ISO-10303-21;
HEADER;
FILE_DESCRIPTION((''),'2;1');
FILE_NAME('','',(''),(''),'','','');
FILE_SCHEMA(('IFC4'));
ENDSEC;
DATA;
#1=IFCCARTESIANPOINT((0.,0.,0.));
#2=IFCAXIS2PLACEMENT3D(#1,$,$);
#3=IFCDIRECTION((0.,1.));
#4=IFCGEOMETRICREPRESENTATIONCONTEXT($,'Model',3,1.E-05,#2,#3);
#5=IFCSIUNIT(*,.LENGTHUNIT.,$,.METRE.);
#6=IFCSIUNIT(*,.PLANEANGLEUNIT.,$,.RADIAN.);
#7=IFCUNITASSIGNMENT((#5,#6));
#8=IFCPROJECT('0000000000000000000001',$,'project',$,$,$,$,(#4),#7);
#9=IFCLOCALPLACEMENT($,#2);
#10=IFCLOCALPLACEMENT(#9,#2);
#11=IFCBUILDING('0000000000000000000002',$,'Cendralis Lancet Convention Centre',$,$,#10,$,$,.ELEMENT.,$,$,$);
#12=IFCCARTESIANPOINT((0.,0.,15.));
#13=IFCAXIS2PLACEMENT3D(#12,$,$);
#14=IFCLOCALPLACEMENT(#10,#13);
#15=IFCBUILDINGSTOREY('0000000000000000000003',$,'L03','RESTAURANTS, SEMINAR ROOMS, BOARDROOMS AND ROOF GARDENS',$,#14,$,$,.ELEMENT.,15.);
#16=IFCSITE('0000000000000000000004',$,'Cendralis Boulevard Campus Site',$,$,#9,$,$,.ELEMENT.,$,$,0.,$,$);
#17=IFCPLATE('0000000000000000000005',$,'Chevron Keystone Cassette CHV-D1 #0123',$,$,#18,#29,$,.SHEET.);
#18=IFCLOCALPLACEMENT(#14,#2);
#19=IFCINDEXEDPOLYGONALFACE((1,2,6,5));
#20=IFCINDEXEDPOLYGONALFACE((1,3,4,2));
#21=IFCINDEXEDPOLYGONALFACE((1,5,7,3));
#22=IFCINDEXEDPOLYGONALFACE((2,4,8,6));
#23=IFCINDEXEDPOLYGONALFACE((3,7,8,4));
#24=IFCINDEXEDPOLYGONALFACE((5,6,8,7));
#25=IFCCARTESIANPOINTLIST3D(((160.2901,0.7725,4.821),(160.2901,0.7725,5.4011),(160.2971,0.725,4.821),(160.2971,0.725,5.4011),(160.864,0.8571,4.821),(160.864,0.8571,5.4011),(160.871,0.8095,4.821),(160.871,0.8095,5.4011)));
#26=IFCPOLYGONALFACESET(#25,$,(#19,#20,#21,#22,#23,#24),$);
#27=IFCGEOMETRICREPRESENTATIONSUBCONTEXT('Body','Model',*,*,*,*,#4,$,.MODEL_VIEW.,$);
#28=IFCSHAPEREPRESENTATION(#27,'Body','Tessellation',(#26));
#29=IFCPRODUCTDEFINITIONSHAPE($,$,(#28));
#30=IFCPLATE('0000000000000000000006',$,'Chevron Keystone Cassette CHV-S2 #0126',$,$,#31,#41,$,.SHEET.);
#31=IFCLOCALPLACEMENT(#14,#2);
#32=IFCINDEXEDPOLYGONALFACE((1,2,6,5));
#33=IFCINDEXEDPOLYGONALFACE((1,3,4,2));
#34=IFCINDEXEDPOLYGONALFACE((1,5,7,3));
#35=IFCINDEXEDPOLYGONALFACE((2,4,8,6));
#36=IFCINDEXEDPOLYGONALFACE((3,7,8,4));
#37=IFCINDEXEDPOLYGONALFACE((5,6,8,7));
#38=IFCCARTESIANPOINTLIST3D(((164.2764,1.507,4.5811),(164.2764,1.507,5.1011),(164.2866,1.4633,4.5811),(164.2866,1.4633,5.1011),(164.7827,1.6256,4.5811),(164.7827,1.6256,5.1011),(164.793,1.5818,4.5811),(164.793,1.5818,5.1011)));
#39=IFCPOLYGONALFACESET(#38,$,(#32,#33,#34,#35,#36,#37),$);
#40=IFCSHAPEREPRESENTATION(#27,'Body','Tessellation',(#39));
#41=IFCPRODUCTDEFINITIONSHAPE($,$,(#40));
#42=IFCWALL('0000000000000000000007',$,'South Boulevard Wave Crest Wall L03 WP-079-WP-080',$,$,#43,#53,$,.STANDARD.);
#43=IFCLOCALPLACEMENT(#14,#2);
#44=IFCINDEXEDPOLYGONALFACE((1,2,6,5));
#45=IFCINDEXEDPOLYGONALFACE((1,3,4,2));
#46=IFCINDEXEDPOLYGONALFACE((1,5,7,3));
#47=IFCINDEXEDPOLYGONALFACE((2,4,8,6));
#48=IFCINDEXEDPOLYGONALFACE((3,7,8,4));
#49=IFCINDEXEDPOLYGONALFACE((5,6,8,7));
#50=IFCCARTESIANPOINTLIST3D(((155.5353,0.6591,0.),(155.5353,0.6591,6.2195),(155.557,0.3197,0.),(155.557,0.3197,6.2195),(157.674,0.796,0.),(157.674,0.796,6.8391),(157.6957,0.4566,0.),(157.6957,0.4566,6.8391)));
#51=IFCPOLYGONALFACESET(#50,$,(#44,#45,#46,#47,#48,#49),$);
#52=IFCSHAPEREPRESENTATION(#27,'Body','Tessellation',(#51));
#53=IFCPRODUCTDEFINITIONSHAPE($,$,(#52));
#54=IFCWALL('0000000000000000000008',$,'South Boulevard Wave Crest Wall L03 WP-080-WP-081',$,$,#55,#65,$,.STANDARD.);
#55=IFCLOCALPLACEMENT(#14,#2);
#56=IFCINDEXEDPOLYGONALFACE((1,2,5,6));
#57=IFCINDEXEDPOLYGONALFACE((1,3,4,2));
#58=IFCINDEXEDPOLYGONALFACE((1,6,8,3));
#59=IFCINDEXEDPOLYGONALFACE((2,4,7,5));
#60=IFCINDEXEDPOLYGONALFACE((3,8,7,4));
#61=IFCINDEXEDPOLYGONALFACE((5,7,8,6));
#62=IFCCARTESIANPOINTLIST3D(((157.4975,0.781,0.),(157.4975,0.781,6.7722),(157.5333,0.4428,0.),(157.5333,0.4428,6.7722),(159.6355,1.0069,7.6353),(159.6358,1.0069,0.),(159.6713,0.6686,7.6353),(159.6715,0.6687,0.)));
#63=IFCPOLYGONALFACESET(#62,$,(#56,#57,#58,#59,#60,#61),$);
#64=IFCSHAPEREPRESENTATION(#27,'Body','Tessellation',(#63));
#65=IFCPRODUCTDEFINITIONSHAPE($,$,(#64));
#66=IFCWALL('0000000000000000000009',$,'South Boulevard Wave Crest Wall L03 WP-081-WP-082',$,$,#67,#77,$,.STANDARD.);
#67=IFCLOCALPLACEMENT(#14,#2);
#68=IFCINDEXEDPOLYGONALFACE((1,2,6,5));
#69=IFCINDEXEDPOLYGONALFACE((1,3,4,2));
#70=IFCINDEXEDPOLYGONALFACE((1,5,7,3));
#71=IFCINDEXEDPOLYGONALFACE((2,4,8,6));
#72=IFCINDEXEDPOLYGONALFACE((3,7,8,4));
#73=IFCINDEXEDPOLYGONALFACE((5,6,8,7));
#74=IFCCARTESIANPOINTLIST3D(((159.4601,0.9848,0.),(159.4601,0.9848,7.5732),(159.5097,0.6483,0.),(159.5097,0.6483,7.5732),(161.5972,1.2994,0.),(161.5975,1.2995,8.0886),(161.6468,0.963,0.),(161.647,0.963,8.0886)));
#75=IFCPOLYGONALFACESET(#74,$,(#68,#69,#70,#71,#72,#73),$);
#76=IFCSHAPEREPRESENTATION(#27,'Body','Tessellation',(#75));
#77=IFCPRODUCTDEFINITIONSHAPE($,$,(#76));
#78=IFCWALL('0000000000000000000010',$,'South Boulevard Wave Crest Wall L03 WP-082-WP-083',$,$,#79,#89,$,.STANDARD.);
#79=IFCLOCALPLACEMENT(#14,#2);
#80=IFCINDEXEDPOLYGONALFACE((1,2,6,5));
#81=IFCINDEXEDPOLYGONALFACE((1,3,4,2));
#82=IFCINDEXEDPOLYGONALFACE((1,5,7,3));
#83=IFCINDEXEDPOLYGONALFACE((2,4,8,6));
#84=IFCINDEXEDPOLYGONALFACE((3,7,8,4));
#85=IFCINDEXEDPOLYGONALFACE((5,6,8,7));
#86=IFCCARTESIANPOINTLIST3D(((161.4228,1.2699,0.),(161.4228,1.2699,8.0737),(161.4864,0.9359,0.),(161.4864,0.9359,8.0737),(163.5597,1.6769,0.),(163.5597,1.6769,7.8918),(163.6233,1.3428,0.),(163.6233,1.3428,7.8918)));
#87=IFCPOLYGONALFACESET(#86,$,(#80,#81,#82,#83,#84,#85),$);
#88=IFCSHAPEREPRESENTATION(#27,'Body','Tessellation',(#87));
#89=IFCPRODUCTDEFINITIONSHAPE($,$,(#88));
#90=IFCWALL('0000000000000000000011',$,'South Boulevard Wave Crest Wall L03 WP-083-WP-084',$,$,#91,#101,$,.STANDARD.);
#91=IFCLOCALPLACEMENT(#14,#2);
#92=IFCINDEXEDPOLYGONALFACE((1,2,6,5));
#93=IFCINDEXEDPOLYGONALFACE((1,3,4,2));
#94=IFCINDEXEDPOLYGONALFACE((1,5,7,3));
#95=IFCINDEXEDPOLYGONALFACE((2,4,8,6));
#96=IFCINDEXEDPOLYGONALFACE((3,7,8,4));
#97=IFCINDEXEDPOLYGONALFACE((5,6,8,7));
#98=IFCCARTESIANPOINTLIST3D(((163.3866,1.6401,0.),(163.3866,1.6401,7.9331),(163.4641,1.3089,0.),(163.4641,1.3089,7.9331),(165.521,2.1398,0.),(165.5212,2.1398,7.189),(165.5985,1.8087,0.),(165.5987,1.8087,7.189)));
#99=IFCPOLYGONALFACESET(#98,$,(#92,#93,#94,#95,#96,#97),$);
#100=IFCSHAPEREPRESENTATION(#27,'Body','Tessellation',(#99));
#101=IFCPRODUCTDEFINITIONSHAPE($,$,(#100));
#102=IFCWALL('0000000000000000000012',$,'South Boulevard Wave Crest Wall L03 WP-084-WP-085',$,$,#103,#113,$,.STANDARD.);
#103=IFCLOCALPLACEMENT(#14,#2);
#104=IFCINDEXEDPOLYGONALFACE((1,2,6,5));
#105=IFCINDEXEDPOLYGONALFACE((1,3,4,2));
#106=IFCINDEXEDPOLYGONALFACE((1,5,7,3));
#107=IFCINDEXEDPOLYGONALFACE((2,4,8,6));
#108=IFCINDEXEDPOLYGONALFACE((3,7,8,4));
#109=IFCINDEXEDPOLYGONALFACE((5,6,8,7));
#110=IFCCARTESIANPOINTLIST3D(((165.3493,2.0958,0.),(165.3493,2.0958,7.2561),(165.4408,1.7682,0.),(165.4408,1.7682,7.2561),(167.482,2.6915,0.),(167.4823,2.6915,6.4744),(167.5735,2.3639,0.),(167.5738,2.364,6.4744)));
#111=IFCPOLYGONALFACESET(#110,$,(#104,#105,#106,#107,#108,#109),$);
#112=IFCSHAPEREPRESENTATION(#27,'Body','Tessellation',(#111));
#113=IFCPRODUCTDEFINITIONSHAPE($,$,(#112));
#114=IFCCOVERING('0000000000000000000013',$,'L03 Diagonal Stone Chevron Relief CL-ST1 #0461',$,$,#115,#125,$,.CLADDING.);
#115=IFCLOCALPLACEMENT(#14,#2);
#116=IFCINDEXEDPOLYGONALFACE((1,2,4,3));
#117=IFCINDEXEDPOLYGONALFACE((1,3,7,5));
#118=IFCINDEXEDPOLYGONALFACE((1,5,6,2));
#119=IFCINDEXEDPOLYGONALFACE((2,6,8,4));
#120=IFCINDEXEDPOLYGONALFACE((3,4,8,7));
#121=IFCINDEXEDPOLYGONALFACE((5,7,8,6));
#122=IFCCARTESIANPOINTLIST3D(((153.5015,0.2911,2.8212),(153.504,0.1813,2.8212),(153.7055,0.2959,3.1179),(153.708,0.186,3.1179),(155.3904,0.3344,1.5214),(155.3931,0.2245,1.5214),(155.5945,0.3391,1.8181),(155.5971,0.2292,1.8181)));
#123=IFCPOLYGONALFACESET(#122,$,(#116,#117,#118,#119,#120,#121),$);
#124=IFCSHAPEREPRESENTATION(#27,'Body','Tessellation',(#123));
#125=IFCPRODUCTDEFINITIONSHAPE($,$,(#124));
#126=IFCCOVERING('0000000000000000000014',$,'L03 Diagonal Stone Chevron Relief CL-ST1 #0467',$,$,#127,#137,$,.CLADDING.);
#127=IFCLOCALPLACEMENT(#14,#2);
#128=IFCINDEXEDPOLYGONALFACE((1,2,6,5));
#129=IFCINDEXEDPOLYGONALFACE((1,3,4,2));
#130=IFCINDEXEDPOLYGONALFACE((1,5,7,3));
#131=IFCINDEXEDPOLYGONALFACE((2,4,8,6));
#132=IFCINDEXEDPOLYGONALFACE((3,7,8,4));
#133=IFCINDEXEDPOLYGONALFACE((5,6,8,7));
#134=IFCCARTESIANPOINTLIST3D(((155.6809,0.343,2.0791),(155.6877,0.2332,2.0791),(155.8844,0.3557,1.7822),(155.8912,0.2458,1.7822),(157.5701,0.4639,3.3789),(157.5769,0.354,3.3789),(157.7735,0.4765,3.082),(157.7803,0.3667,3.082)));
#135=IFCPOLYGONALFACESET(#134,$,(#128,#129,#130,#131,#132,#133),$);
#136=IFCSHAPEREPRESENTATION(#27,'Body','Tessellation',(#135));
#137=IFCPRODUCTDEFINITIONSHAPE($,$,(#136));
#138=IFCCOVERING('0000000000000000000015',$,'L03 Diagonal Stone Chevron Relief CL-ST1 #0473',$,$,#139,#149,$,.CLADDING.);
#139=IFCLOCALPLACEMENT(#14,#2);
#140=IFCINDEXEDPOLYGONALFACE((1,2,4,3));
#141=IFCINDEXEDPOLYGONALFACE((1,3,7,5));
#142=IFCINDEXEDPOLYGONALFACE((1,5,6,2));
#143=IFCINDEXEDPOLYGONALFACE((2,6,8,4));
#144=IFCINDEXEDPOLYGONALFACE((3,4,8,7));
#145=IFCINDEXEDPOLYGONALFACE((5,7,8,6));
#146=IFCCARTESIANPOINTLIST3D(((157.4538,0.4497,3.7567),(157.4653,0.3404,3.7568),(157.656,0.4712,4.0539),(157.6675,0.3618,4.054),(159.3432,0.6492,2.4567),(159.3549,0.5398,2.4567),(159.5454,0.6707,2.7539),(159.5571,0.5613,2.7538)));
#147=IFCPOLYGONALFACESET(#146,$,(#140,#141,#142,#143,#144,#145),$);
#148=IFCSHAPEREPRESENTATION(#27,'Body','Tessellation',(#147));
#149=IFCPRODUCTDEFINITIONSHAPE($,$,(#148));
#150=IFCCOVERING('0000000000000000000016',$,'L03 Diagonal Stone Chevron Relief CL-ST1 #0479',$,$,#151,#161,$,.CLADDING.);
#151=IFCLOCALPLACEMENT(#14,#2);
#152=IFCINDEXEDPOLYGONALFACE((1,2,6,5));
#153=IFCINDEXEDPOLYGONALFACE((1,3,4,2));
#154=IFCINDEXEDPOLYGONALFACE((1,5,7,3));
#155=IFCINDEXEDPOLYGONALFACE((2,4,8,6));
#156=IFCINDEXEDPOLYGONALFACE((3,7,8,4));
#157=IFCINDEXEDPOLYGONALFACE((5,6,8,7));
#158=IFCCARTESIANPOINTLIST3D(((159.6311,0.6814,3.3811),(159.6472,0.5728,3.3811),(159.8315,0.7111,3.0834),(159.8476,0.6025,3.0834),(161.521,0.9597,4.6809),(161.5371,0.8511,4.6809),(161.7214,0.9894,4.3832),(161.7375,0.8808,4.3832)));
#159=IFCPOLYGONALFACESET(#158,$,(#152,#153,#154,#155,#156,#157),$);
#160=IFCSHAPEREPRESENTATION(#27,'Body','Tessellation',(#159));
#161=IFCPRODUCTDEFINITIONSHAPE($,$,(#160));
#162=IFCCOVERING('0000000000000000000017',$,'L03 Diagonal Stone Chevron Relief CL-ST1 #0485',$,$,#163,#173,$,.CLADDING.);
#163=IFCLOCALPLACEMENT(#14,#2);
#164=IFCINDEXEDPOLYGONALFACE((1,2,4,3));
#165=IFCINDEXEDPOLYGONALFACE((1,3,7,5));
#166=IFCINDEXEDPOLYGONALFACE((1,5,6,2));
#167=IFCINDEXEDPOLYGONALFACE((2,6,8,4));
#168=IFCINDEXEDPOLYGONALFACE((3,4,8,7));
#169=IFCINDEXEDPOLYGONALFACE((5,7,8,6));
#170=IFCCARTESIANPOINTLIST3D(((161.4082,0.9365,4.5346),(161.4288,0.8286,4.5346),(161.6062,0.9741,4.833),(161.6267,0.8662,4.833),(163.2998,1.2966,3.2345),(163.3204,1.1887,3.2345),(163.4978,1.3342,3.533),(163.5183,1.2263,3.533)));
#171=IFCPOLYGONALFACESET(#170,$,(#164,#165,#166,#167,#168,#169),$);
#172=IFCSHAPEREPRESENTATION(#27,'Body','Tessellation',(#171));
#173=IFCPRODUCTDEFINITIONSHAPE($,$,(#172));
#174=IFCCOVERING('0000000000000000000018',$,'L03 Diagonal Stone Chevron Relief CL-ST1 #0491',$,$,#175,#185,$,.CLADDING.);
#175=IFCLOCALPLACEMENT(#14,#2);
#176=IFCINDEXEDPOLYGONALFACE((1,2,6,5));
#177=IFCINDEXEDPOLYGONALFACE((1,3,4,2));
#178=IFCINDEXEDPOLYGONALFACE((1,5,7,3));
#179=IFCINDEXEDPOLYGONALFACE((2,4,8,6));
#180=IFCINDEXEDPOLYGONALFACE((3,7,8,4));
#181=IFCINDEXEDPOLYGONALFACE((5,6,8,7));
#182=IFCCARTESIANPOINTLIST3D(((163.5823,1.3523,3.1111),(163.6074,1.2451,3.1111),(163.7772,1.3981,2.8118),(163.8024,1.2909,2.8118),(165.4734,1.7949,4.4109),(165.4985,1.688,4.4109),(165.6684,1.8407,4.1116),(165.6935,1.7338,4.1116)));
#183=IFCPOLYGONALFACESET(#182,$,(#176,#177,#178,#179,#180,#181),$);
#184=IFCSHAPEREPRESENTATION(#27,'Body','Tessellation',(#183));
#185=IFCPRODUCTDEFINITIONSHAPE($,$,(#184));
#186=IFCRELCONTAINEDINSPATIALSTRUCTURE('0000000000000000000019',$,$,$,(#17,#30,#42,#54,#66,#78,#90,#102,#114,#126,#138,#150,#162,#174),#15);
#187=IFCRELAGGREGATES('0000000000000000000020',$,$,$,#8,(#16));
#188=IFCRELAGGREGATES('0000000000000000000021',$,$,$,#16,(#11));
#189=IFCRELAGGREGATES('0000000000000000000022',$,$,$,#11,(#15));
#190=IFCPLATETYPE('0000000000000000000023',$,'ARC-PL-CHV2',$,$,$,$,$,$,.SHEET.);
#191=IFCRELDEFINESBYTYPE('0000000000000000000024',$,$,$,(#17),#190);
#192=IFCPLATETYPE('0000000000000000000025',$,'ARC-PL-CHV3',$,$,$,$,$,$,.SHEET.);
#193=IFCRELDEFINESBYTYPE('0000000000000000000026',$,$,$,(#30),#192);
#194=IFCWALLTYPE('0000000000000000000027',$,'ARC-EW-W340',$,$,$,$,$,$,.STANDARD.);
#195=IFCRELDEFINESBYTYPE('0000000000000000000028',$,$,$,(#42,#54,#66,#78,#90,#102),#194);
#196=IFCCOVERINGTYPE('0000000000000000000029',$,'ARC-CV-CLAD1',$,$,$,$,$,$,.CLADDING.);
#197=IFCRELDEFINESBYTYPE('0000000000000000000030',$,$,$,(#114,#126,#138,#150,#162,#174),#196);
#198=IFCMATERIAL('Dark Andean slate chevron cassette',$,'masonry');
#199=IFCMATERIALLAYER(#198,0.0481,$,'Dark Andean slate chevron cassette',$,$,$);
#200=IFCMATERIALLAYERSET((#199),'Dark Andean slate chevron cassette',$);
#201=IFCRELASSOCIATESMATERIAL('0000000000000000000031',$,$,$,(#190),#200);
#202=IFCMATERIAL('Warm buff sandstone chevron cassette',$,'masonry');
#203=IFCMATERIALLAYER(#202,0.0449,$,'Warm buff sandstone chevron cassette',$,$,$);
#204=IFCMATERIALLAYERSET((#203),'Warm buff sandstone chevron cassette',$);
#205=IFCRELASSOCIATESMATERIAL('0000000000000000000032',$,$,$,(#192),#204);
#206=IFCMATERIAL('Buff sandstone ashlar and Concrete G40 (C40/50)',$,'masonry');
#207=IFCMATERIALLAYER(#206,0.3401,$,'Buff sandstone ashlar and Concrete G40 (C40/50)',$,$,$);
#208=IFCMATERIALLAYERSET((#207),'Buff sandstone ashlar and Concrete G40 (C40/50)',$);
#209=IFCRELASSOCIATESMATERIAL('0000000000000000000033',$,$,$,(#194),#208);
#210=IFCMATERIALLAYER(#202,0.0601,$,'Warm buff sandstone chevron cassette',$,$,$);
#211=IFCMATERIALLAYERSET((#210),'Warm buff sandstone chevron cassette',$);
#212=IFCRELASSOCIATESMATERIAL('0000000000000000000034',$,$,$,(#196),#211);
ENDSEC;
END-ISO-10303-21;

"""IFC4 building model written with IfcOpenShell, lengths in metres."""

from ifc_helpers import new_model, si_unit, direction, frame, origin, origin_2d, place, context, subcontext, project, spatial, polyline, rectangle, outline, extrude, material, layer, layer_set, type_object, element, save


model = new_model("IFC4")

# Units and contexts
model_context = context("Model", 3, precision=1e-05, world=origin(), true_north=direction((0.0, 1.0)))
body_context = subcontext(model_context, "Body", "Model", "MODEL_VIEW")
ifc_project = project(units=[si_unit("LENGTHUNIT", "METRE"), si_unit("PLANEANGLEUNIT", "RADIAN")], contexts=[model_context])

# Site, building, storey
site_placement = place(None, origin())
site = spatial("IfcSite", under=ifc_project, at=site_placement, Name="Cendralis Boulevard Campus Site", CompositionType="ELEMENT", RefElevation=0.0)
building_placement = place(site_placement, origin())
building = spatial("IfcBuilding", under=site, at=building_placement, Name="Cendralis Lancet Convention Centre", CompositionType="ELEMENT")
storey_placement = place(building_placement, frame((0.0, 0.0, 15.0)))
storey = spatial("IfcBuildingStorey", under=building, at=storey_placement, Name="L03", Description="RESTAURANTS, SEMINAR ROOMS, BOARDROOMS AND ROOF GARDENS", CompositionType="ELEMENT", Elevation=15.0)

# Plates
ifc_material_1 = material(Name="Warm buff sandstone chevron cassette", Category="masonry")
ifc_material_2 = material(Name="Dark Andean slate chevron cassette", Category="masonry")
ifc_layer_1 = layer(ifc_material_2, 0.0481, Name="Dark Andean slate chevron cassette")
ifc_layer_set_1 = layer_set([ifc_layer_1], Name="Dark Andean slate chevron cassette")
plate_type_1 = type_object("IfcPlateType", Name="ARC-PL-CHV2", PredefinedType="SHEET", material=ifc_layer_set_1)
plate_1_placement = place(storey_placement, frame((160.5806, 0.791, 4.821), z_axis=(0.0, 0.0, 1.0), x_axis=(0.989328, 0.145703, 0.0)))
element("IfcPlate", 1, at=plate_1_placement, inside=storey, type_object=plate_type_1, Name="Chevron Keystone Cassette CHV-D1 #0123", PredefinedType="SHEET", context=body_context, shape_type="SweptSolid", body=[
    extrude(rectangle(XDim=0.5801, YDim=0.0481, at=origin_2d()), origin(), (0.0, 0.0, 1.0), 0.5801),
])
ifc_layer_2 = layer(ifc_material_1, 0.0449, Name="Warm buff sandstone chevron cassette")
ifc_layer_set_2 = layer_set([ifc_layer_2], Name="Warm buff sandstone chevron cassette")
plate_type_2 = type_object("IfcPlateType", Name="ARC-PL-CHV3", PredefinedType="SHEET", material=ifc_layer_set_2)
plate_2_placement = place(storey_placement, frame((164.5347, 1.5444, 4.5811), z_axis=(0.0, 0.0, 1.0), x_axis=(0.97367, 0.22796, 0.0)))
element("IfcPlate", 2, at=plate_2_placement, inside=storey, type_object=plate_type_2, Name="Chevron Keystone Cassette CHV-S2 #0126", PredefinedType="SHEET", context=body_context, shape_type="SweptSolid", body=[
    extrude(rectangle(XDim=0.52, YDim=0.0449, at=origin_2d()), origin(), (0.0, 0.0, 1.0), 0.52),
])

# Walls
ifc_material_3 = material(Name="Buff sandstone ashlar and Concrete G40 (C40/50)", Category="masonry")
ifc_layer_3 = layer(ifc_material_3, 0.3401, Name="Buff sandstone ashlar and Concrete G40 (C40/50)")
ifc_layer_set_3 = layer_set([ifc_layer_3], Name="Buff sandstone ashlar and Concrete G40 (C40/50)")
wall_type = type_object("IfcWallType", Name="ARC-EW-W340", PredefinedType="STANDARD", material=ifc_layer_set_3)
wall_1_placement = place(storey_placement, frame((155.5461, 0.4895, 0.0), z_axis=(0.0, 0.0, 1.0), x_axis=(0.997956, 0.06391, 0.0)))
element("IfcWall", 3, at=wall_1_placement, inside=storey, type_object=wall_type, Name="South Boulevard Wave Crest Wall L03 WP-079-WP-080", PredefinedType="STANDARD", context=body_context, shape_type="SweptSolid", body=[
    extrude(outline(polyline([(0.0, 0.0), (2.1431, 0.0), (2.1431, 6.8391), (0.0, 6.2195), (0.0, 0.0)])), frame((0.0, 0.1699, 0.0), z_axis=(0.0, -1.0, 0.0), x_axis=(1.0, 0.0, 0.0)), (0.0, 0.0, 1.0), 0.3401),
])
wall_2_placement = place(storey_placement, frame((157.5154, 0.6121, 0.0), z_axis=(0.0, 0.0, 1.0), x_axis=(0.994469, 0.105034, 0.0)))
element("IfcWall", 4, at=wall_2_placement, inside=storey, type_object=wall_type, Name="South Boulevard Wave Crest Wall L03 WP-080-WP-081", PredefinedType="STANDARD", context=body_context, shape_type="SweptSolid", body=[
    extrude(outline(polyline([(0.0, 0.0), (2.1501, 0.0), (2.1499, 7.6353), (0.0, 6.7722), (0.0, 0.0)])), frame((0.0, 0.1699, 0.0), z_axis=(0.0, -1.0, 0.0), x_axis=(1.0, 0.0, 0.0)), (0.0, 0.0, 1.0), 0.3401),
])
wall_3_placement = place(storey_placement, frame((159.4849, 0.8167, 0.0), z_axis=(0.0, 0.0, 1.0), x_axis=(0.989332, 0.145676, 0.0)))
element("IfcWall", 5, at=wall_3_placement, inside=storey, type_object=wall_type, Name="South Boulevard Wave Crest Wall L03 WP-081-WP-082", PredefinedType="STANDARD", context=body_context, shape_type="SweptSolid", body=[
    extrude(outline(polyline([(0.0, 0.0), (2.1602, 0.0), (2.1604, 8.0886), (0.0, 7.5732), (0.0, 0.0)])), frame((0.0, 0.1699, 0.0), z_axis=(0.0, -1.0, 0.0), x_axis=(1.0, 0.0, 0.0)), (0.0, 0.0, 1.0), 0.3401),
])
wall_4_placement = place(storey_placement, frame((161.4546, 1.103, 0.0), z_axis=(0.0, 0.0, 1.0), x_axis=(0.982343, 0.187086, 0.0)))
element("IfcWall", 6, at=wall_4_placement, inside=storey, type_object=wall_type, Name="South Boulevard Wave Crest Wall L03 WP-082-WP-083", PredefinedType="STANDARD", context=body_context, shape_type="SweptSolid", body=[
    extrude(outline(polyline([(0.0, 0.0), (2.1753, 0.0), (2.1753, 7.8918), (0.0, 8.0737), (0.0, 0.0)])), frame((0.0, 0.1699, 0.0), z_axis=(0.0, -1.0, 0.0), x_axis=(1.0, 0.0, 0.0)), (0.0, 0.0, 1.0), 0.3401),
])
wall_5_placement = place(storey_placement, frame((163.4253, 1.4746, 0.0), z_axis=(0.0, 0.0, 1.0), x_axis=(0.973669, 0.227965, 0.0)))
element("IfcWall", 7, at=wall_5_placement, inside=storey, type_object=wall_type, Name="South Boulevard Wave Crest Wall L03 WP-083-WP-084", PredefinedType="STANDARD", context=body_context, shape_type="SweptSolid", body=[
    extrude(outline(polyline([(0.0, 0.0), (2.1921, 0.0), (2.1924, 7.189), (0.0, 7.9331), (0.0, 0.0)])), frame((0.0, 0.1699, 0.0), z_axis=(0.0, -1.0, 0.0), x_axis=(1.0, 0.0, 0.0)), (0.0, 0.0, 1.0), 0.3401),
])
wall_6_placement = place(storey_placement, frame((165.395, 1.9321, 0.0), z_axis=(0.0, 0.0, 1.0), x_axis=(0.963138, 0.269008, 0.0)))
element("IfcWall", 8, at=wall_6_placement, inside=storey, type_object=wall_type, Name="South Boulevard Wave Crest Wall L03 WP-084-WP-085", PredefinedType="STANDARD", context=body_context, shape_type="SweptSolid", body=[
    extrude(outline(polyline([(0.0, 0.0), (2.2144, 0.0), (2.2146, 6.4744), (0.0, 7.2561), (0.0, 0.0)])), frame((0.0, 0.1699, 0.0), z_axis=(0.0, -1.0, 0.0), x_axis=(1.0, 0.0, 0.0)), (0.0, 0.0, 1.0), 0.3401),
])

# Coverings
ifc_layer_4 = layer(ifc_material_1, 0.0601, Name="Warm buff sandstone chevron cassette")
ifc_layer_set_4 = layer_set([ifc_layer_4], Name="Warm buff sandstone chevron cassette")
covering_type_1 = type_object("IfcCoveringType", Name="ARC-CV-CLAD1", PredefinedType="CLADDING", material=ifc_layer_set_4)
covering_1_placement = place(storey_placement, frame((153.708, 0.186, 3.1179), z_axis=(0.566597, 0.013221, 0.823889), x_axis=(0.823674, 0.018841, -0.566751)))
element("IfcCovering", 9, at=covering_1_placement, inside=storey, type_object=covering_type_1, Name="L03 Diagonal Stone Chevron Relief CL-ST1 #0461", PredefinedType="CLADDING", context=body_context, shape_type="SweptSolid", body=[
    extrude(outline(polyline([(0.0, 0.0), (2.2935, 0.0), (2.2934, 0.1099), (0.0001, 0.1099), (0.0, 0.0)])), origin(), (0.0, 0.0, -1.0), 0.3601),
])
covering_2_placement = place(storey_placement, frame((155.6877, 0.2332, 2.0791), z_axis=(-0.56495, -0.035152, 0.824376), x_axis=(0.822695, 0.052628, 0.566041)))
element("IfcCovering", 10, at=covering_2_placement, inside=storey, type_object=covering_type_1, Name="L03 Diagonal Stone Chevron Relief CL-ST1 #0467", PredefinedType="CLADDING", context=body_context, shape_type="SweptSolid", body=[
    extrude(outline(polyline([(0.0, 0.0), (2.2963, 0.0), (2.2965, 0.1101), (0.0002, 0.1101), (0.0, 0.0)])), origin(), (0.0, 0.0, -1.0), 0.3601),
])
covering_3_placement = place(storey_placement, frame((157.6675, 0.3618, 4.054), z_axis=(0.561546, 0.059539, 0.825301), x_axis=(0.820741, 0.086634, -0.564693)))
element("IfcCovering", 11, at=covering_3_placement, inside=storey, type_object=covering_type_1, Name="L03 Diagonal Stone Chevron Relief CL-ST1 #0473", PredefinedType="CLADDING", context=body_context, shape_type="SweptSolid", body=[
    extrude(outline(polyline([(0.0, 0.0), (2.3023, 0.0), (2.3022, 0.11), (0.0001, 0.11), (0.0, 0.0)])), origin(), (0.0, 0.0, -1.0), 0.3601),
])
covering_4_placement = place(storey_placement, frame((159.6472, 0.5728, 3.3811), z_axis=(-0.556465, -0.082532, 0.826762), x_axis=(0.81794, 0.120456, 0.562552)))
element("IfcCovering", 12, at=covering_4_placement, inside=storey, type_object=covering_type_1, Name="L03 Diagonal Stone Chevron Relief CL-ST1 #0479", PredefinedType="CLADDING", context=body_context, shape_type="SweptSolid", body=[
    extrude(outline(polyline([(0.0, 0.0), (2.3106, 0.0), (2.3105, 0.1098), (-0.0001, 0.1098), (0.0, 0.0)])), origin(), (0.0, 0.0, -1.0), 0.3601),
])
covering_5_placement = place(storey_placement, frame((161.6267, 0.8662, 4.833), z_axis=(0.549719, 0.104471, 0.828791), x_axis=(0.814169, 0.154995, -0.559558)))
element("IfcCovering", 13, at=covering_5_placement, inside=storey, type_object=covering_type_1, Name="L03 Diagonal Stone Chevron Relief CL-ST1 #0485", PredefinedType="CLADDING", context=body_context, shape_type="SweptSolid", body=[
    extrude(outline(polyline([(0.0, 0.0), (2.3234, 0.0), (2.3234, 0.1098), (0.0, 0.1098), (0.0, 0.0)])), origin(), (0.0, 0.0, -1.0), 0.3601),
])
covering_6_placement = place(storey_placement, frame((163.6074, 1.2451, 3.1111), z_axis=(-0.541436, -0.127179, 0.831067), x_axis=(0.809175, 0.189497, 0.556172)))
element("IfcCovering", 14, at=covering_6_placement, inside=storey, type_object=covering_type_1, Name="L03 Diagonal Stone Chevron Relief CL-ST1 #0491", PredefinedType="CLADDING", context=body_context, shape_type="SweptSolid", body=[
    extrude(outline(polyline([(0.0, 0.0), (2.3371, 0.0), (2.337, 0.1099), (0.0, 0.1101), (0.0, 0.0)])), origin(), (0.0, 0.0, -1.0), 0.3601),
])

save(model, "model.ifc")
